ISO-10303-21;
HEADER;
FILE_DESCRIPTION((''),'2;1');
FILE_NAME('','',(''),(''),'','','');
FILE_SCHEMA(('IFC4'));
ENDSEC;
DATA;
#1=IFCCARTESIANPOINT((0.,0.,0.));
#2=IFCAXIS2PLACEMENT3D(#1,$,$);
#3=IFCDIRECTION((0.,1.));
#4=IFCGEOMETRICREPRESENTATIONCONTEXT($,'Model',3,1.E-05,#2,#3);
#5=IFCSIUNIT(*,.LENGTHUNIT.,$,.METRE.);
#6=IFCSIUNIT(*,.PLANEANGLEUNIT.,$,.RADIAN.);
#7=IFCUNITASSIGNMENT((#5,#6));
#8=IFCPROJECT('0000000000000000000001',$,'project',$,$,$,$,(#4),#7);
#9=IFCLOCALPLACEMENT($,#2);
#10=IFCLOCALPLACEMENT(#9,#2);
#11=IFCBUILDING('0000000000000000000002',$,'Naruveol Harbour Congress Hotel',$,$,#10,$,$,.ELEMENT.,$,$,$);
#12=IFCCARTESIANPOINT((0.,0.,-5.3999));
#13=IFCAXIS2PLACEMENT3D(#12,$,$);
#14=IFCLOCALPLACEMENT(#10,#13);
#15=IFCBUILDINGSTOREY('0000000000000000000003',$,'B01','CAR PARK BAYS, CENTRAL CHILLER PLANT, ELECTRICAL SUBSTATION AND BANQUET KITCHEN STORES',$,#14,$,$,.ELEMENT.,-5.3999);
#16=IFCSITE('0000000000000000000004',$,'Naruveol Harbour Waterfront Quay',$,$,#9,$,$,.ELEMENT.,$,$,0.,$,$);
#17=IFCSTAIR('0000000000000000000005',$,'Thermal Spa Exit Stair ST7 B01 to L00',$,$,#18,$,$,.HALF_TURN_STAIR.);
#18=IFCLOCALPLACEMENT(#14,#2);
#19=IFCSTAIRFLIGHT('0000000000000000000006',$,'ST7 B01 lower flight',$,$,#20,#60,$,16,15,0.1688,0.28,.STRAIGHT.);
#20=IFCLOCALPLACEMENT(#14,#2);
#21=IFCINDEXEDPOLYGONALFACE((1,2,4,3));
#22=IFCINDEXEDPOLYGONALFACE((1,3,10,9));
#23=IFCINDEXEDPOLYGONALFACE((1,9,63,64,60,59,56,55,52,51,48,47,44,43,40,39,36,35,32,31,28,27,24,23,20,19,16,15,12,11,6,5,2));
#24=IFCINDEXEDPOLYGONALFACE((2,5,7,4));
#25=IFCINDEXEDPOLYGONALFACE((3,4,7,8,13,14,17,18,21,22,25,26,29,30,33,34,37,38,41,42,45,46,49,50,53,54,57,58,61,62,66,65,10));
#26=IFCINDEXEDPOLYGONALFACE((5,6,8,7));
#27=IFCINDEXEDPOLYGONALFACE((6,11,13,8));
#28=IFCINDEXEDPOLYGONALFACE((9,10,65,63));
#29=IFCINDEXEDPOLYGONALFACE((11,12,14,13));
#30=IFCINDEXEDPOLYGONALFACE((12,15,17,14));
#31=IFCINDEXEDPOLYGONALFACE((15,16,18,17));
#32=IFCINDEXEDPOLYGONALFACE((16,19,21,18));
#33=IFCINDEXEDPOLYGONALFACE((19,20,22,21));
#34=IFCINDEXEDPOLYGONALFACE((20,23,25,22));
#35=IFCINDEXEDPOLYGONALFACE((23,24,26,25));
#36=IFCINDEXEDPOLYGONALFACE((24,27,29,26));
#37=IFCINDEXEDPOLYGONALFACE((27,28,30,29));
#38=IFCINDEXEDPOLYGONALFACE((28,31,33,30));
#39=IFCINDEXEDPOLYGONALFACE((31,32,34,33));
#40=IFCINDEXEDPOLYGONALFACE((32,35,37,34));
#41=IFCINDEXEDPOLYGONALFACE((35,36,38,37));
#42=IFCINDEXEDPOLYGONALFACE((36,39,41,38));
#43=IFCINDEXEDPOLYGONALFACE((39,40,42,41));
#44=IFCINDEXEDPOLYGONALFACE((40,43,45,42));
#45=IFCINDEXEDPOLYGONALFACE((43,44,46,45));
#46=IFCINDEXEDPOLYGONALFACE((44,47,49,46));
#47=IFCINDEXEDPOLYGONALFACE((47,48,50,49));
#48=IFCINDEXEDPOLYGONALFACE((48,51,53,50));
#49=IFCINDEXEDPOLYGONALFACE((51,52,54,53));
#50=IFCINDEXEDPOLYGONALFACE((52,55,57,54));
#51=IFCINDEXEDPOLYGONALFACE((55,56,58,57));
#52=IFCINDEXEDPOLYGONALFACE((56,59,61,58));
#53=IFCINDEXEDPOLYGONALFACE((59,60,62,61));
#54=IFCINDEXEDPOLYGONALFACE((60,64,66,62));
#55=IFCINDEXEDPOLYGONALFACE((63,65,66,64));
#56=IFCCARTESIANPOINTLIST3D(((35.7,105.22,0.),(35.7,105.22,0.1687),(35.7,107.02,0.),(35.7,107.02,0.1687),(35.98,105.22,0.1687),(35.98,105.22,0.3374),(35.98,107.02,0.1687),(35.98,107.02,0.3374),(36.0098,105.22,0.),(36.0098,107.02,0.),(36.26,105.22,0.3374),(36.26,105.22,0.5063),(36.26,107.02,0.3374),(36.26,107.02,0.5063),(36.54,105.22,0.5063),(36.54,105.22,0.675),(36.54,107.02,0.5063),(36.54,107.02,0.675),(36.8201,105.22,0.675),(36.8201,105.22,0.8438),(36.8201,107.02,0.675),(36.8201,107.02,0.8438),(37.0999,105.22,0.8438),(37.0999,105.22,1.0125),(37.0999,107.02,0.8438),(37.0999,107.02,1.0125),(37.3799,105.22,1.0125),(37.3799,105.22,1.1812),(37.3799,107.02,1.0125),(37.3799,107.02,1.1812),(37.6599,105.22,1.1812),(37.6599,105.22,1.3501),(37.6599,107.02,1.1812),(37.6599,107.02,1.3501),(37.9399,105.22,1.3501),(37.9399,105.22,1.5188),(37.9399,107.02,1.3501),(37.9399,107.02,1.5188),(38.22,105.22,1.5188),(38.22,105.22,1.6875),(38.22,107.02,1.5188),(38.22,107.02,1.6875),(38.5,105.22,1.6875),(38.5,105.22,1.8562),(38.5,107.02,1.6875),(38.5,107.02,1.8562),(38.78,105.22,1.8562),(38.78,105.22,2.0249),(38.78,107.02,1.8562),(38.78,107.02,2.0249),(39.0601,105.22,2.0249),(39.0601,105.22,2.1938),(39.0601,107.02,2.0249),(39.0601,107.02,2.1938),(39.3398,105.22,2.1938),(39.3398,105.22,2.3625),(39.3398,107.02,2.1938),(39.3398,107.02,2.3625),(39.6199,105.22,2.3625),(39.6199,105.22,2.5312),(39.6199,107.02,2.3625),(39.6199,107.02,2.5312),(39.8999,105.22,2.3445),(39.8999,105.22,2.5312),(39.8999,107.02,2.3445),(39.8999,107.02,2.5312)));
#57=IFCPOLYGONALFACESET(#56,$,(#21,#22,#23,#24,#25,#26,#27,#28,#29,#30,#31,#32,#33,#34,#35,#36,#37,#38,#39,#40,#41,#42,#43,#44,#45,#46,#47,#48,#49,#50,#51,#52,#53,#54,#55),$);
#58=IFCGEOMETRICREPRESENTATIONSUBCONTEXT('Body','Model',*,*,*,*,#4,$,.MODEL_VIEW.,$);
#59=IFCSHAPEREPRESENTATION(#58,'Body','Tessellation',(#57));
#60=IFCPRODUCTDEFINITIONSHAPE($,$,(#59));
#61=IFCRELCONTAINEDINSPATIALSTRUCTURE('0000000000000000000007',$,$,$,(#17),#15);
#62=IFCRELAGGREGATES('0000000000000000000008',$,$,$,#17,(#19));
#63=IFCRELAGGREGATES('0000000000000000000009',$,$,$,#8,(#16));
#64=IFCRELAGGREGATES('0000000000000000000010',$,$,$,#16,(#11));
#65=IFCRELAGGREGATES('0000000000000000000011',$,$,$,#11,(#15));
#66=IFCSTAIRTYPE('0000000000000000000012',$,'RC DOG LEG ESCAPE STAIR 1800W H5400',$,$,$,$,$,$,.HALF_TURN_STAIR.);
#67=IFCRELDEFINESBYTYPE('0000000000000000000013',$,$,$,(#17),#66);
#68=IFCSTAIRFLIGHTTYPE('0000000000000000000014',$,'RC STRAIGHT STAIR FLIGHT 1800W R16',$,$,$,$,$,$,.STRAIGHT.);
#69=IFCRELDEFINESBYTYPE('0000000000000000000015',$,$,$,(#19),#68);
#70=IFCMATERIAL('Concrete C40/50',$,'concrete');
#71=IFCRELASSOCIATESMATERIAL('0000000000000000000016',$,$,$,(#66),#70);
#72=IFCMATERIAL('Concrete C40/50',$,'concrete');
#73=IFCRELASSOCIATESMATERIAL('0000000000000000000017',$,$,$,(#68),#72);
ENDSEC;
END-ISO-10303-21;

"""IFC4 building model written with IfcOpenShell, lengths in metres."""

from ifc_helpers import new_model, si_unit, direction, frame, origin, place, context, subcontext, project, spatial, polyline, outline, extrude, material, type_object, element, aggregate, save


model = new_model("IFC4")

# Units and contexts
model_context = context("Model", 3, precision=1e-05, world=origin(), true_north=direction((0.0, 1.0)))
body_context = subcontext(model_context, "Body", "Model", "MODEL_VIEW")
ifc_project = project(units=[si_unit("LENGTHUNIT", "METRE"), si_unit("PLANEANGLEUNIT", "RADIAN")], contexts=[model_context])

# Site, building, storey
site_placement = place(None, origin())
site = spatial("IfcSite", under=ifc_project, at=site_placement, Name="Naruveol Harbour Waterfront Quay", CompositionType="ELEMENT", RefElevation=0.0)
building_placement = place(site_placement, origin())
building = spatial("IfcBuilding", under=site, at=building_placement, Name="Naruveol Harbour Congress Hotel", CompositionType="ELEMENT")
storey_placement = place(building_placement, frame((0.0, 0.0, -5.3999)))
storey = spatial("IfcBuildingStorey", under=building, at=storey_placement, Name="B01", Description="CAR PARK BAYS, CENTRAL CHILLER PLANT, ELECTRICAL SUBSTATION AND BANQUET KITCHEN STORES", CompositionType="ELEMENT", Elevation=-5.3999)

# Stair, stair flight
ifc_material_1 = material(Name="Concrete C40/50", Category="concrete")
stair_type = type_object("IfcStairType", Name="RC DOG LEG ESCAPE STAIR 1800W H5400", PredefinedType="HALF_TURN_STAIR", material=ifc_material_1)
stair_placement = place(storey_placement, origin())
stair = element("IfcStair", 1, at=stair_placement, inside=storey, type_object=stair_type, Name="Thermal Spa Exit Stair ST7 B01 to L00", PredefinedType="HALF_TURN_STAIR")
ifc_material_2 = material(Name="Concrete C40/50", Category="concrete")
stair_flight_type = type_object("IfcStairFlightType", Name="RC STRAIGHT STAIR FLIGHT 1800W R16", PredefinedType="STRAIGHT", material=ifc_material_2)
stair_flight_placement = place(storey_placement, frame((35.7, 106.1201, 0.0), z_axis=(0.0, 0.0, 1.0), x_axis=(1.0, 0.0, 0.0)))
stair_flight = element("IfcStairFlight", 2, at=stair_flight_placement, type_object=stair_flight_type, Name="ST7 B01 lower flight", NumberOfRisers=16, NumberOfTreads=15, PredefinedType="STRAIGHT", RiserHeight=0.1688, TreadLength=0.28, context=body_context, shape_type="SweptSolid", body=[
    extrude(outline(polyline([(0.0, 0.0), (0.0, 0.1687), (0.28, 0.1687), (0.28, 0.3374), (0.5601, 0.3374), (0.5601, 0.5063), (0.8401, 0.5063), (0.8401, 0.675), (1.1201, 0.675), (1.1201, 0.8438), (1.3999, 0.8438), (1.3999, 1.0125), (1.6799, 1.0125), (1.6799, 1.1812), (1.96, 1.1812), (1.96, 1.3501), (2.24, 1.3501), (2.24, 1.5188), (2.52, 1.5188), (2.52, 1.6875), (2.8, 1.6875), (2.8, 1.8562), (3.0801, 1.8562), (3.0801, 2.0249), (3.3601, 2.0249), (3.3601, 2.1938), (3.6399, 2.1938), (3.6399, 2.3625), (3.9199, 2.3625), (3.9199, 2.5312), (4.2, 2.5312), (4.2, 2.7), (4.2, 2.3445), (0.3098, 0.0), (0.0, 0.0)])), frame((0.0, 0.8999, 0.0), z_axis=(0.0, -1.0, 0.0), x_axis=(1.0, 0.0, 0.0)), (0.0, 0.0, 1.0), 1.8),
])
aggregate(stair, [stair_flight])

save(model, "model.ifc")
